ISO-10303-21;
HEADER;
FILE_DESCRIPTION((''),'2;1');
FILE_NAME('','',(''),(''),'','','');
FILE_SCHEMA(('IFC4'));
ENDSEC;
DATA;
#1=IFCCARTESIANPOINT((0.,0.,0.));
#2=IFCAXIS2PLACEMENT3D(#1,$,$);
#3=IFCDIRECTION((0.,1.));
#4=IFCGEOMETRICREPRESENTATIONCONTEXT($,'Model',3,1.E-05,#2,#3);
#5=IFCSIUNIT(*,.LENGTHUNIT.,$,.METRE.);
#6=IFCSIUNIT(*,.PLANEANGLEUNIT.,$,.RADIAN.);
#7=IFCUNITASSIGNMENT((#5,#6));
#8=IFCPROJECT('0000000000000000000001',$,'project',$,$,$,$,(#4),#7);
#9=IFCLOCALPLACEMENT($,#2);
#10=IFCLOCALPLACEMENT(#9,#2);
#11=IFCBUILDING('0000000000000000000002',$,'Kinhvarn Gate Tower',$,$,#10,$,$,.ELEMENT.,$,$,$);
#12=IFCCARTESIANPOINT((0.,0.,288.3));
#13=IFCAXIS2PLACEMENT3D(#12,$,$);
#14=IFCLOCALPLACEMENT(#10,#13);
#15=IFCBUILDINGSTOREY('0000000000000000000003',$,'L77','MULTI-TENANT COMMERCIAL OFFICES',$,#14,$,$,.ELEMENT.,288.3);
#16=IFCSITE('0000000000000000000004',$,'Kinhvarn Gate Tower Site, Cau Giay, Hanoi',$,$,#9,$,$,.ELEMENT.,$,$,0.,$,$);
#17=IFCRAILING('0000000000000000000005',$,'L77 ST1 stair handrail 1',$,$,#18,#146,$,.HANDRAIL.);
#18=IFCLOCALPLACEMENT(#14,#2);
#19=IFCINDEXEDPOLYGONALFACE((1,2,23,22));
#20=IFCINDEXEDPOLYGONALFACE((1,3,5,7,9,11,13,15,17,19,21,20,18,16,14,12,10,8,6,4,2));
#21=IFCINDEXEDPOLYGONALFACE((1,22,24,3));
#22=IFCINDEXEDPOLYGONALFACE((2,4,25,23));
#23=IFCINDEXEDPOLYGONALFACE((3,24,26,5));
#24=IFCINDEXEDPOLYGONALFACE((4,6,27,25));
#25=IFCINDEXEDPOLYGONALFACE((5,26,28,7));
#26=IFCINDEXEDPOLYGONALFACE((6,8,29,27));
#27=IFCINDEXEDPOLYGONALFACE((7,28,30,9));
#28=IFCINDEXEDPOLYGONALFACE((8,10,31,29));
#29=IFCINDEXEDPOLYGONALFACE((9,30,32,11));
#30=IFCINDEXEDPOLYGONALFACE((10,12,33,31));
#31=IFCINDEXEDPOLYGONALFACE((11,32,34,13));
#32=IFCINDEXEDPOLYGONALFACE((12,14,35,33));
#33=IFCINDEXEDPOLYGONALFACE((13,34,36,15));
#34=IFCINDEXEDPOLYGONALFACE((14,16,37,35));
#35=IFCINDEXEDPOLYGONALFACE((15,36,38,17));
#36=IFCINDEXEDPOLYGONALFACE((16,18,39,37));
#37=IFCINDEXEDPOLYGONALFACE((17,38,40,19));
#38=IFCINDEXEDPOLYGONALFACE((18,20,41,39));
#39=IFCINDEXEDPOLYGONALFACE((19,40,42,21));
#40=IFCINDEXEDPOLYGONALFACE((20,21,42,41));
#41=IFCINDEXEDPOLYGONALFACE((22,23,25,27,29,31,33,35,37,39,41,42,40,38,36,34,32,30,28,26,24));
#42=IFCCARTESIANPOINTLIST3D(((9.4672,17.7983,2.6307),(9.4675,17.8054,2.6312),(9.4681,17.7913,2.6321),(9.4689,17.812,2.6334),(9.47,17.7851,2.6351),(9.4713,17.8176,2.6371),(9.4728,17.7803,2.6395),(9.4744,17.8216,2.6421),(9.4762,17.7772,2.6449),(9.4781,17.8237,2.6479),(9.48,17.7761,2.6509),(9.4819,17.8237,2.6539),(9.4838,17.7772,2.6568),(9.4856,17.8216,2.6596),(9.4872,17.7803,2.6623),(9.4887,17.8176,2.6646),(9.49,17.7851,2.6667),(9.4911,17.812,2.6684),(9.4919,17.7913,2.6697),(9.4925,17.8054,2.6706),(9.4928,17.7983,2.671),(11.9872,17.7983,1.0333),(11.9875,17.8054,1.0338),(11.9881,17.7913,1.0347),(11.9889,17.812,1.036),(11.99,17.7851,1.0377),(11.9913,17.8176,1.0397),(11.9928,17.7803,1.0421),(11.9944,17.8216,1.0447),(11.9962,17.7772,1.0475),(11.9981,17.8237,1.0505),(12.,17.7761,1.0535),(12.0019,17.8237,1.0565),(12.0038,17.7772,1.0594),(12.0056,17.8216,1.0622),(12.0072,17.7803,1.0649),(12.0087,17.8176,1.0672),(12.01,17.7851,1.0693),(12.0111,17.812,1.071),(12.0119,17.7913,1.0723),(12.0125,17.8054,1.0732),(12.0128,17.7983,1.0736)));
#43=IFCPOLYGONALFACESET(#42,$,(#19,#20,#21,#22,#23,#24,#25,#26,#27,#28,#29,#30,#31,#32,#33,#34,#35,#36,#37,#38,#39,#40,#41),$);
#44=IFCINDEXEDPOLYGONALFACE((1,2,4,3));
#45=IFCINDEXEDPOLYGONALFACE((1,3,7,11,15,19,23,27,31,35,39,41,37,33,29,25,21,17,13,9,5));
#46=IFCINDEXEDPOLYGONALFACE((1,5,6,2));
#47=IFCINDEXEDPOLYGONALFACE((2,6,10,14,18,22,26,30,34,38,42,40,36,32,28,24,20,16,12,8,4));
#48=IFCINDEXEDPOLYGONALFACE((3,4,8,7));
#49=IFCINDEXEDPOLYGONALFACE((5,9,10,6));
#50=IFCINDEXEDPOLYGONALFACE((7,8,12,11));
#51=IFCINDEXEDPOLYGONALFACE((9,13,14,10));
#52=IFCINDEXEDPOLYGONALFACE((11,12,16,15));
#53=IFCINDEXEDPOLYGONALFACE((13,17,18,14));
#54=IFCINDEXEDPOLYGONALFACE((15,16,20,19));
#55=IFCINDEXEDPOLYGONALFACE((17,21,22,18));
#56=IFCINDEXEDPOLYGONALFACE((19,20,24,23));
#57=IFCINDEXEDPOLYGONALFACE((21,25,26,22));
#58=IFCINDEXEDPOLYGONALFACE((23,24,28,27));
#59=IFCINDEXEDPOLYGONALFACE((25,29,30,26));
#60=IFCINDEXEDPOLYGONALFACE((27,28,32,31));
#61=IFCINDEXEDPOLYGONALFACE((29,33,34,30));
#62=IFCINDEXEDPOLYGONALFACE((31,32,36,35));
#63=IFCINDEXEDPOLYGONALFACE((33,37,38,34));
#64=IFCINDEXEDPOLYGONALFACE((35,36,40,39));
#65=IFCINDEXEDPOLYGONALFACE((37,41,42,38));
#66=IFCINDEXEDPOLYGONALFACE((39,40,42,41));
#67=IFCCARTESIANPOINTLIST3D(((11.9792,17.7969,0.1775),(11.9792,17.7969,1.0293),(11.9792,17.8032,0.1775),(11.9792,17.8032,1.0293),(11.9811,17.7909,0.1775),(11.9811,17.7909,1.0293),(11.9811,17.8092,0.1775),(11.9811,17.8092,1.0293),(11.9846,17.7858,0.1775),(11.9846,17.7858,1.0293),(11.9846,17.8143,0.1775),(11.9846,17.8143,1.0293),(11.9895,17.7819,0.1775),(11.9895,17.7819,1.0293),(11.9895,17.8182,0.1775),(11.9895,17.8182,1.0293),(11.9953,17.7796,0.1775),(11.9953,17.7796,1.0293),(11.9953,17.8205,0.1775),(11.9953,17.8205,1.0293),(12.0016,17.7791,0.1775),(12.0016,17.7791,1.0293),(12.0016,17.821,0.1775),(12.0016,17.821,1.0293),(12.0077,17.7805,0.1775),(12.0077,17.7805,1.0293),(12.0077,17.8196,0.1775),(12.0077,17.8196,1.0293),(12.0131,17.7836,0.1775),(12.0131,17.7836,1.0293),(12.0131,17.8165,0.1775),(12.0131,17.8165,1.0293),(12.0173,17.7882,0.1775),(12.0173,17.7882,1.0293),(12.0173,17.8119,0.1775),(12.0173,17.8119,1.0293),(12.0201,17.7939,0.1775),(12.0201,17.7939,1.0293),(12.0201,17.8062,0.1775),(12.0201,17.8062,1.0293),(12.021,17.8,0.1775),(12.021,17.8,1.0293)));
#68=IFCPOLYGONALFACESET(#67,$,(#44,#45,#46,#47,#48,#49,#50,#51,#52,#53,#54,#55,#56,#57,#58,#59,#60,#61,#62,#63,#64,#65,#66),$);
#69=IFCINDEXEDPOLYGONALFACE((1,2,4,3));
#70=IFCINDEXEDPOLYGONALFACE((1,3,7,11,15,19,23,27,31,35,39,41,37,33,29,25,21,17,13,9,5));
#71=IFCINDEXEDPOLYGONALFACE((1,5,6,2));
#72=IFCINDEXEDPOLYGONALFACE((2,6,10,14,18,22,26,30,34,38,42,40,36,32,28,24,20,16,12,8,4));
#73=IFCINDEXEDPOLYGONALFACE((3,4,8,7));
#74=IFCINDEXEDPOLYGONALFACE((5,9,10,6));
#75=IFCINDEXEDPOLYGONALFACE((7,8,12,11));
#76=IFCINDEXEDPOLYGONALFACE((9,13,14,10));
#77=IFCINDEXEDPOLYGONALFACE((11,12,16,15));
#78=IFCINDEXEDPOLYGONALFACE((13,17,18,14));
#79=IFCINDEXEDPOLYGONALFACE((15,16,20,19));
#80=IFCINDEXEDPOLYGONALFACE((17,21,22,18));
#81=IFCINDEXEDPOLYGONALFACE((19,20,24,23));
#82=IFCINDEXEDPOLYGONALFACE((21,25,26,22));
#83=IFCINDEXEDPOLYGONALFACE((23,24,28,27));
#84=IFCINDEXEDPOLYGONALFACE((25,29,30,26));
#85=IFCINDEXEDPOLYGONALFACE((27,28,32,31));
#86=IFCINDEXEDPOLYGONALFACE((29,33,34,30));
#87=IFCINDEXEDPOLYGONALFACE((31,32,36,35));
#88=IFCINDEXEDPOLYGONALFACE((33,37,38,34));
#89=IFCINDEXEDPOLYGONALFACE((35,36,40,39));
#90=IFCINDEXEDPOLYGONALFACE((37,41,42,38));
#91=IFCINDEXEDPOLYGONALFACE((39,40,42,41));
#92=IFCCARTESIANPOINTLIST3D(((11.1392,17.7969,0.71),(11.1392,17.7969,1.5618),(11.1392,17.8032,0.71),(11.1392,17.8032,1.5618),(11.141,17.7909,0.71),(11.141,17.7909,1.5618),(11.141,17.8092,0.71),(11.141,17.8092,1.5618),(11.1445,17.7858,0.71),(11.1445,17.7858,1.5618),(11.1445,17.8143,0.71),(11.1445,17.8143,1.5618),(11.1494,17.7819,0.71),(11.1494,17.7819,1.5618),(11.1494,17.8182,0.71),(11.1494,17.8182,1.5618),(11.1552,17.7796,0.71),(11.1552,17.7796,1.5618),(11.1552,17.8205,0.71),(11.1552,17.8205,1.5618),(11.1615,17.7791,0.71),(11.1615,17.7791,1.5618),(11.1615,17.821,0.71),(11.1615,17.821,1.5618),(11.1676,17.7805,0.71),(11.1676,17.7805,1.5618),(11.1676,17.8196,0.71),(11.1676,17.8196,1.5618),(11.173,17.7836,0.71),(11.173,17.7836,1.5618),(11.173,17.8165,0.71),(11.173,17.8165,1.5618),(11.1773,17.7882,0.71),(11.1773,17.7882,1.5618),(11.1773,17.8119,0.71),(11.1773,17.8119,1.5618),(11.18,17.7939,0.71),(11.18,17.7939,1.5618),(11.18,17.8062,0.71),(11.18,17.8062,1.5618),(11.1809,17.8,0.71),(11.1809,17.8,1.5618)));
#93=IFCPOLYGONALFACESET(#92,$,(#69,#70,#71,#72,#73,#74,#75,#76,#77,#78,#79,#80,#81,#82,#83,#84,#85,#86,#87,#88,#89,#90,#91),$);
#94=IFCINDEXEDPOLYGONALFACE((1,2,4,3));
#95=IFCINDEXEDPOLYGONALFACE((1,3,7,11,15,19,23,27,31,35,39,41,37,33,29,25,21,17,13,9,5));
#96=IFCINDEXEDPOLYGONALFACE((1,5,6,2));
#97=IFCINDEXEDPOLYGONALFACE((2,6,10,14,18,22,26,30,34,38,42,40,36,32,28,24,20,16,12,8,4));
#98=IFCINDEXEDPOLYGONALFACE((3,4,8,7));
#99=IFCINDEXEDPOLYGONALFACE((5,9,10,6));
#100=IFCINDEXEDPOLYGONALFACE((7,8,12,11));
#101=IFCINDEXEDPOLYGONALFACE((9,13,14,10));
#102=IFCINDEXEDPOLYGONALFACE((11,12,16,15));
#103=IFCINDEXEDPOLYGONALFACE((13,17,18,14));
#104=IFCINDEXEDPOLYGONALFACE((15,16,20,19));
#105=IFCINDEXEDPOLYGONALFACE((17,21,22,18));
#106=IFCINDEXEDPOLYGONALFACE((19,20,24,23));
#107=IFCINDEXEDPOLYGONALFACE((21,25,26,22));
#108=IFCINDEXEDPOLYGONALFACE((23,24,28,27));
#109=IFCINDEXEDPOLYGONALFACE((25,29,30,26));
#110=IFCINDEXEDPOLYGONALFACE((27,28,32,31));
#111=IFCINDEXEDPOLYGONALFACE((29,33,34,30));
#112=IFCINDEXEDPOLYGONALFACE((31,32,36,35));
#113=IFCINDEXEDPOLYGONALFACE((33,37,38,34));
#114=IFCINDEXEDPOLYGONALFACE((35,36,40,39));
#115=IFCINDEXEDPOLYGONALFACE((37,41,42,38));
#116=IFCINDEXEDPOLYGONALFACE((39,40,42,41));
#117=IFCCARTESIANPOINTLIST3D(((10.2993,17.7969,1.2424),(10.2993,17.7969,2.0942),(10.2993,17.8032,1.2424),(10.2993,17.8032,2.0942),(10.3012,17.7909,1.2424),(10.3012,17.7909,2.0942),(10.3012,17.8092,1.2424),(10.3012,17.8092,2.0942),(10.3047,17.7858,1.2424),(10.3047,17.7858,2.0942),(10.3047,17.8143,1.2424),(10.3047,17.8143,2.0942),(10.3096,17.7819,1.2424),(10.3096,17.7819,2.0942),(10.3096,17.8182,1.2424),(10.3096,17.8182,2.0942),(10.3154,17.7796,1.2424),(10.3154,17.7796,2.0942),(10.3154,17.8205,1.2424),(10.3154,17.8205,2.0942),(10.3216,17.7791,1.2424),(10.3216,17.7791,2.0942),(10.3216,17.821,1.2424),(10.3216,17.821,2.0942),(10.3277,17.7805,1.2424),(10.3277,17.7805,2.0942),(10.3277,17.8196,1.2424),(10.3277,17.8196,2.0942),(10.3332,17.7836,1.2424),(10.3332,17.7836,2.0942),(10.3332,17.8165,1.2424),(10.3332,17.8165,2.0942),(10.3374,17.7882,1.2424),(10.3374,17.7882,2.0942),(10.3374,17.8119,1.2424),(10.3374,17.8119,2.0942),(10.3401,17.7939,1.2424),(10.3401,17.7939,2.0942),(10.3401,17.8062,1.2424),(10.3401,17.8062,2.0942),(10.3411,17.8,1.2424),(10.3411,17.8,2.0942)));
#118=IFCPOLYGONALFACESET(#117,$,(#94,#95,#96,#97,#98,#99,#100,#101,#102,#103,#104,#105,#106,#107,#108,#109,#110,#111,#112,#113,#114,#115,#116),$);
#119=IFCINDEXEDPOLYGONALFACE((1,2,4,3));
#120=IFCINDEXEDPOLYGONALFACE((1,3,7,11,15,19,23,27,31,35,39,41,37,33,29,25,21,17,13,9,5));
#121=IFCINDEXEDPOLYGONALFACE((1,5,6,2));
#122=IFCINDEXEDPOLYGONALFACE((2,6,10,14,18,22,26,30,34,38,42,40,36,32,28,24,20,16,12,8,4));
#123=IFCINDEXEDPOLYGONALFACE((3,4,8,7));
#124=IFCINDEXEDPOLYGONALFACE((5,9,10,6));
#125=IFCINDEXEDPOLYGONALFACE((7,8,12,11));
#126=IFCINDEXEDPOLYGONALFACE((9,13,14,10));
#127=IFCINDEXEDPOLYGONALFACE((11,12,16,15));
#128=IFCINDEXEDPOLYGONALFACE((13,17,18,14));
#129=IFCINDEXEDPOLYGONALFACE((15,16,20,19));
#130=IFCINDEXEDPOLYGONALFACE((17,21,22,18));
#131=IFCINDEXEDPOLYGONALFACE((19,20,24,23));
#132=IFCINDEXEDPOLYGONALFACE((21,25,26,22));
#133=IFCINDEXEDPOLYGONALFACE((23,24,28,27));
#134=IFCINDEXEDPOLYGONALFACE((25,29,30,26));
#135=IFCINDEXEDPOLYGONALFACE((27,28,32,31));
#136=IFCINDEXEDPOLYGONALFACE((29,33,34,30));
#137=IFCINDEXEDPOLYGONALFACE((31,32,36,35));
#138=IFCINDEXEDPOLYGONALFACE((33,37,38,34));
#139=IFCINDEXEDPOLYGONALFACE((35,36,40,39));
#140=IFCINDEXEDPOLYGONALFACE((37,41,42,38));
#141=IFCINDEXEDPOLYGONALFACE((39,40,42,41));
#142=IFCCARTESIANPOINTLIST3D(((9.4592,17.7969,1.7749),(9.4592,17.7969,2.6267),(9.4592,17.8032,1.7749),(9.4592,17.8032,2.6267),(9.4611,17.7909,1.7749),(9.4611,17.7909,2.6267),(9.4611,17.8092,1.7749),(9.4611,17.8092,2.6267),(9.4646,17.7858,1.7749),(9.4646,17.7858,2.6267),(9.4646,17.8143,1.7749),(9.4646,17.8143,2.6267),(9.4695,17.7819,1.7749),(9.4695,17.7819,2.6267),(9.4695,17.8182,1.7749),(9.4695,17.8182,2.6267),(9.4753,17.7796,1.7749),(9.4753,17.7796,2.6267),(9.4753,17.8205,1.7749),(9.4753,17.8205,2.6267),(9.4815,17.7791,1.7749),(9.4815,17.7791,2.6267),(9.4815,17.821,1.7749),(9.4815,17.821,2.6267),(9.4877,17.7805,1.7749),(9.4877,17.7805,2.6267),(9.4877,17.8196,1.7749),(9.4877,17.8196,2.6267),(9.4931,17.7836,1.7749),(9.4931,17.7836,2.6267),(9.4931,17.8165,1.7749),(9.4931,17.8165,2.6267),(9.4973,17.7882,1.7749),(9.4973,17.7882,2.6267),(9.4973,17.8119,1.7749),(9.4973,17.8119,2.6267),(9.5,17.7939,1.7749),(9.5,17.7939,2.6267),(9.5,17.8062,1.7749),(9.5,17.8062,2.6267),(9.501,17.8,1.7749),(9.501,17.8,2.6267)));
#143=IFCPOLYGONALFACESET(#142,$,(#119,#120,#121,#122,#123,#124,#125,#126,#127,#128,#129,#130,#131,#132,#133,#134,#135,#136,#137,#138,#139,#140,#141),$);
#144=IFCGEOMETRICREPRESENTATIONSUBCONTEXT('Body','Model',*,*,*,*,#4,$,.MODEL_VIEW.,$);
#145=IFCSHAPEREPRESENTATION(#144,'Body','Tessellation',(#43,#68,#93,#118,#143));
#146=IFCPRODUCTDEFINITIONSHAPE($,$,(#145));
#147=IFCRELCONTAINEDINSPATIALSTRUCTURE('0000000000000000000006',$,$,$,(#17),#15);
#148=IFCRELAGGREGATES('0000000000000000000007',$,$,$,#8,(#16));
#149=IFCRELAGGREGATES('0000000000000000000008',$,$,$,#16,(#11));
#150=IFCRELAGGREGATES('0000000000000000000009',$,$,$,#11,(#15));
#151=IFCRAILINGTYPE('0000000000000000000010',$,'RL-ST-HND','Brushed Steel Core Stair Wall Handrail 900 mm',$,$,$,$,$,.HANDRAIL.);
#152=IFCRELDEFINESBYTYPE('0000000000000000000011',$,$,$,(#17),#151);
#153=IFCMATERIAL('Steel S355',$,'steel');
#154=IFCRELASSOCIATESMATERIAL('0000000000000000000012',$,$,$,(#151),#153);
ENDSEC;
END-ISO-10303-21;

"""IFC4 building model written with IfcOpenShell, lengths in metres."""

from ifc_helpers import new_model, si_unit, direction, frame, origin, origin_2d, place, context, subcontext, project, spatial, circle, extrude, material, type_object, element, save


model = new_model("IFC4")

# Units and contexts
model_context = context("Model", 3, precision=1e-05, world=origin(), true_north=direction((0.0, 1.0)))
body_context = subcontext(model_context, "Body", "Model", "MODEL_VIEW")
ifc_project = project(units=[si_unit("LENGTHUNIT", "METRE"), si_unit("PLANEANGLEUNIT", "RADIAN")], contexts=[model_context])

# Site, building, storey
site_placement = place(None, origin())
site = spatial("IfcSite", under=ifc_project, at=site_placement, Name="Kinhvarn Gate Tower Site, Cau Giay, Hanoi", CompositionType="ELEMENT", RefElevation=0.0)
building_placement = place(site_placement, origin())
building = spatial("IfcBuilding", under=site, at=building_placement, Name="Kinhvarn Gate Tower", CompositionType="ELEMENT")
storey_placement = place(building_placement, frame((0.0, 0.0, 288.3)))
storey = spatial("IfcBuildingStorey", under=building, at=storey_placement, Name="L77", Description="MULTI-TENANT COMMERCIAL OFFICES", CompositionType="ELEMENT", Elevation=288.3)

# Shared definitions
ifc_material_1 = material(Name="Steel S355", Category="steel")

# Railing
railing_type_1 = type_object("IfcRailingType", Name="RL-ST-HND", Description="Brushed Steel Core Stair Wall Handrail 900 mm", PredefinedType="HANDRAIL", material=ifc_material_1)
railing_1_placement = place(storey_placement, frame((12.0, 17.8, 0.1775)))
element("IfcRailing", 1, at=railing_1_placement, inside=storey, type_object=railing_type_1, Name="L77 ST1 stair handrail 1", PredefinedType="HANDRAIL", context=body_context, shape_type="SweptSolid", body=[
    extrude(circle(Radius=0.0239, at=origin_2d()), frame((0.0, 0.0, 0.876), z_axis=(-0.844607, 0.0, 0.535387), x_axis=(0.0, -1.0, 0.0)), (0.0, 0.0, 1.0), 2.9836),
    extrude(circle(Radius=0.021, at=origin_2d()), origin(), (0.0, 0.0, 1.0), 0.8518),
    extrude(circle(Radius=0.021, at=origin_2d()), frame((-0.8401, 0.0, 0.5325)), (0.0, 0.0, 1.0), 0.8518),
    extrude(circle(Radius=0.021, at=origin_2d()), frame((-1.6799, 0.0, 1.0649)), (0.0, 0.0, 1.0), 0.8518),
    extrude(circle(Radius=0.021, at=origin_2d()), frame((-2.52, 0.0, 1.5974)), (0.0, 0.0, 1.0), 0.8518),
])

save(model, "model.ifc")
